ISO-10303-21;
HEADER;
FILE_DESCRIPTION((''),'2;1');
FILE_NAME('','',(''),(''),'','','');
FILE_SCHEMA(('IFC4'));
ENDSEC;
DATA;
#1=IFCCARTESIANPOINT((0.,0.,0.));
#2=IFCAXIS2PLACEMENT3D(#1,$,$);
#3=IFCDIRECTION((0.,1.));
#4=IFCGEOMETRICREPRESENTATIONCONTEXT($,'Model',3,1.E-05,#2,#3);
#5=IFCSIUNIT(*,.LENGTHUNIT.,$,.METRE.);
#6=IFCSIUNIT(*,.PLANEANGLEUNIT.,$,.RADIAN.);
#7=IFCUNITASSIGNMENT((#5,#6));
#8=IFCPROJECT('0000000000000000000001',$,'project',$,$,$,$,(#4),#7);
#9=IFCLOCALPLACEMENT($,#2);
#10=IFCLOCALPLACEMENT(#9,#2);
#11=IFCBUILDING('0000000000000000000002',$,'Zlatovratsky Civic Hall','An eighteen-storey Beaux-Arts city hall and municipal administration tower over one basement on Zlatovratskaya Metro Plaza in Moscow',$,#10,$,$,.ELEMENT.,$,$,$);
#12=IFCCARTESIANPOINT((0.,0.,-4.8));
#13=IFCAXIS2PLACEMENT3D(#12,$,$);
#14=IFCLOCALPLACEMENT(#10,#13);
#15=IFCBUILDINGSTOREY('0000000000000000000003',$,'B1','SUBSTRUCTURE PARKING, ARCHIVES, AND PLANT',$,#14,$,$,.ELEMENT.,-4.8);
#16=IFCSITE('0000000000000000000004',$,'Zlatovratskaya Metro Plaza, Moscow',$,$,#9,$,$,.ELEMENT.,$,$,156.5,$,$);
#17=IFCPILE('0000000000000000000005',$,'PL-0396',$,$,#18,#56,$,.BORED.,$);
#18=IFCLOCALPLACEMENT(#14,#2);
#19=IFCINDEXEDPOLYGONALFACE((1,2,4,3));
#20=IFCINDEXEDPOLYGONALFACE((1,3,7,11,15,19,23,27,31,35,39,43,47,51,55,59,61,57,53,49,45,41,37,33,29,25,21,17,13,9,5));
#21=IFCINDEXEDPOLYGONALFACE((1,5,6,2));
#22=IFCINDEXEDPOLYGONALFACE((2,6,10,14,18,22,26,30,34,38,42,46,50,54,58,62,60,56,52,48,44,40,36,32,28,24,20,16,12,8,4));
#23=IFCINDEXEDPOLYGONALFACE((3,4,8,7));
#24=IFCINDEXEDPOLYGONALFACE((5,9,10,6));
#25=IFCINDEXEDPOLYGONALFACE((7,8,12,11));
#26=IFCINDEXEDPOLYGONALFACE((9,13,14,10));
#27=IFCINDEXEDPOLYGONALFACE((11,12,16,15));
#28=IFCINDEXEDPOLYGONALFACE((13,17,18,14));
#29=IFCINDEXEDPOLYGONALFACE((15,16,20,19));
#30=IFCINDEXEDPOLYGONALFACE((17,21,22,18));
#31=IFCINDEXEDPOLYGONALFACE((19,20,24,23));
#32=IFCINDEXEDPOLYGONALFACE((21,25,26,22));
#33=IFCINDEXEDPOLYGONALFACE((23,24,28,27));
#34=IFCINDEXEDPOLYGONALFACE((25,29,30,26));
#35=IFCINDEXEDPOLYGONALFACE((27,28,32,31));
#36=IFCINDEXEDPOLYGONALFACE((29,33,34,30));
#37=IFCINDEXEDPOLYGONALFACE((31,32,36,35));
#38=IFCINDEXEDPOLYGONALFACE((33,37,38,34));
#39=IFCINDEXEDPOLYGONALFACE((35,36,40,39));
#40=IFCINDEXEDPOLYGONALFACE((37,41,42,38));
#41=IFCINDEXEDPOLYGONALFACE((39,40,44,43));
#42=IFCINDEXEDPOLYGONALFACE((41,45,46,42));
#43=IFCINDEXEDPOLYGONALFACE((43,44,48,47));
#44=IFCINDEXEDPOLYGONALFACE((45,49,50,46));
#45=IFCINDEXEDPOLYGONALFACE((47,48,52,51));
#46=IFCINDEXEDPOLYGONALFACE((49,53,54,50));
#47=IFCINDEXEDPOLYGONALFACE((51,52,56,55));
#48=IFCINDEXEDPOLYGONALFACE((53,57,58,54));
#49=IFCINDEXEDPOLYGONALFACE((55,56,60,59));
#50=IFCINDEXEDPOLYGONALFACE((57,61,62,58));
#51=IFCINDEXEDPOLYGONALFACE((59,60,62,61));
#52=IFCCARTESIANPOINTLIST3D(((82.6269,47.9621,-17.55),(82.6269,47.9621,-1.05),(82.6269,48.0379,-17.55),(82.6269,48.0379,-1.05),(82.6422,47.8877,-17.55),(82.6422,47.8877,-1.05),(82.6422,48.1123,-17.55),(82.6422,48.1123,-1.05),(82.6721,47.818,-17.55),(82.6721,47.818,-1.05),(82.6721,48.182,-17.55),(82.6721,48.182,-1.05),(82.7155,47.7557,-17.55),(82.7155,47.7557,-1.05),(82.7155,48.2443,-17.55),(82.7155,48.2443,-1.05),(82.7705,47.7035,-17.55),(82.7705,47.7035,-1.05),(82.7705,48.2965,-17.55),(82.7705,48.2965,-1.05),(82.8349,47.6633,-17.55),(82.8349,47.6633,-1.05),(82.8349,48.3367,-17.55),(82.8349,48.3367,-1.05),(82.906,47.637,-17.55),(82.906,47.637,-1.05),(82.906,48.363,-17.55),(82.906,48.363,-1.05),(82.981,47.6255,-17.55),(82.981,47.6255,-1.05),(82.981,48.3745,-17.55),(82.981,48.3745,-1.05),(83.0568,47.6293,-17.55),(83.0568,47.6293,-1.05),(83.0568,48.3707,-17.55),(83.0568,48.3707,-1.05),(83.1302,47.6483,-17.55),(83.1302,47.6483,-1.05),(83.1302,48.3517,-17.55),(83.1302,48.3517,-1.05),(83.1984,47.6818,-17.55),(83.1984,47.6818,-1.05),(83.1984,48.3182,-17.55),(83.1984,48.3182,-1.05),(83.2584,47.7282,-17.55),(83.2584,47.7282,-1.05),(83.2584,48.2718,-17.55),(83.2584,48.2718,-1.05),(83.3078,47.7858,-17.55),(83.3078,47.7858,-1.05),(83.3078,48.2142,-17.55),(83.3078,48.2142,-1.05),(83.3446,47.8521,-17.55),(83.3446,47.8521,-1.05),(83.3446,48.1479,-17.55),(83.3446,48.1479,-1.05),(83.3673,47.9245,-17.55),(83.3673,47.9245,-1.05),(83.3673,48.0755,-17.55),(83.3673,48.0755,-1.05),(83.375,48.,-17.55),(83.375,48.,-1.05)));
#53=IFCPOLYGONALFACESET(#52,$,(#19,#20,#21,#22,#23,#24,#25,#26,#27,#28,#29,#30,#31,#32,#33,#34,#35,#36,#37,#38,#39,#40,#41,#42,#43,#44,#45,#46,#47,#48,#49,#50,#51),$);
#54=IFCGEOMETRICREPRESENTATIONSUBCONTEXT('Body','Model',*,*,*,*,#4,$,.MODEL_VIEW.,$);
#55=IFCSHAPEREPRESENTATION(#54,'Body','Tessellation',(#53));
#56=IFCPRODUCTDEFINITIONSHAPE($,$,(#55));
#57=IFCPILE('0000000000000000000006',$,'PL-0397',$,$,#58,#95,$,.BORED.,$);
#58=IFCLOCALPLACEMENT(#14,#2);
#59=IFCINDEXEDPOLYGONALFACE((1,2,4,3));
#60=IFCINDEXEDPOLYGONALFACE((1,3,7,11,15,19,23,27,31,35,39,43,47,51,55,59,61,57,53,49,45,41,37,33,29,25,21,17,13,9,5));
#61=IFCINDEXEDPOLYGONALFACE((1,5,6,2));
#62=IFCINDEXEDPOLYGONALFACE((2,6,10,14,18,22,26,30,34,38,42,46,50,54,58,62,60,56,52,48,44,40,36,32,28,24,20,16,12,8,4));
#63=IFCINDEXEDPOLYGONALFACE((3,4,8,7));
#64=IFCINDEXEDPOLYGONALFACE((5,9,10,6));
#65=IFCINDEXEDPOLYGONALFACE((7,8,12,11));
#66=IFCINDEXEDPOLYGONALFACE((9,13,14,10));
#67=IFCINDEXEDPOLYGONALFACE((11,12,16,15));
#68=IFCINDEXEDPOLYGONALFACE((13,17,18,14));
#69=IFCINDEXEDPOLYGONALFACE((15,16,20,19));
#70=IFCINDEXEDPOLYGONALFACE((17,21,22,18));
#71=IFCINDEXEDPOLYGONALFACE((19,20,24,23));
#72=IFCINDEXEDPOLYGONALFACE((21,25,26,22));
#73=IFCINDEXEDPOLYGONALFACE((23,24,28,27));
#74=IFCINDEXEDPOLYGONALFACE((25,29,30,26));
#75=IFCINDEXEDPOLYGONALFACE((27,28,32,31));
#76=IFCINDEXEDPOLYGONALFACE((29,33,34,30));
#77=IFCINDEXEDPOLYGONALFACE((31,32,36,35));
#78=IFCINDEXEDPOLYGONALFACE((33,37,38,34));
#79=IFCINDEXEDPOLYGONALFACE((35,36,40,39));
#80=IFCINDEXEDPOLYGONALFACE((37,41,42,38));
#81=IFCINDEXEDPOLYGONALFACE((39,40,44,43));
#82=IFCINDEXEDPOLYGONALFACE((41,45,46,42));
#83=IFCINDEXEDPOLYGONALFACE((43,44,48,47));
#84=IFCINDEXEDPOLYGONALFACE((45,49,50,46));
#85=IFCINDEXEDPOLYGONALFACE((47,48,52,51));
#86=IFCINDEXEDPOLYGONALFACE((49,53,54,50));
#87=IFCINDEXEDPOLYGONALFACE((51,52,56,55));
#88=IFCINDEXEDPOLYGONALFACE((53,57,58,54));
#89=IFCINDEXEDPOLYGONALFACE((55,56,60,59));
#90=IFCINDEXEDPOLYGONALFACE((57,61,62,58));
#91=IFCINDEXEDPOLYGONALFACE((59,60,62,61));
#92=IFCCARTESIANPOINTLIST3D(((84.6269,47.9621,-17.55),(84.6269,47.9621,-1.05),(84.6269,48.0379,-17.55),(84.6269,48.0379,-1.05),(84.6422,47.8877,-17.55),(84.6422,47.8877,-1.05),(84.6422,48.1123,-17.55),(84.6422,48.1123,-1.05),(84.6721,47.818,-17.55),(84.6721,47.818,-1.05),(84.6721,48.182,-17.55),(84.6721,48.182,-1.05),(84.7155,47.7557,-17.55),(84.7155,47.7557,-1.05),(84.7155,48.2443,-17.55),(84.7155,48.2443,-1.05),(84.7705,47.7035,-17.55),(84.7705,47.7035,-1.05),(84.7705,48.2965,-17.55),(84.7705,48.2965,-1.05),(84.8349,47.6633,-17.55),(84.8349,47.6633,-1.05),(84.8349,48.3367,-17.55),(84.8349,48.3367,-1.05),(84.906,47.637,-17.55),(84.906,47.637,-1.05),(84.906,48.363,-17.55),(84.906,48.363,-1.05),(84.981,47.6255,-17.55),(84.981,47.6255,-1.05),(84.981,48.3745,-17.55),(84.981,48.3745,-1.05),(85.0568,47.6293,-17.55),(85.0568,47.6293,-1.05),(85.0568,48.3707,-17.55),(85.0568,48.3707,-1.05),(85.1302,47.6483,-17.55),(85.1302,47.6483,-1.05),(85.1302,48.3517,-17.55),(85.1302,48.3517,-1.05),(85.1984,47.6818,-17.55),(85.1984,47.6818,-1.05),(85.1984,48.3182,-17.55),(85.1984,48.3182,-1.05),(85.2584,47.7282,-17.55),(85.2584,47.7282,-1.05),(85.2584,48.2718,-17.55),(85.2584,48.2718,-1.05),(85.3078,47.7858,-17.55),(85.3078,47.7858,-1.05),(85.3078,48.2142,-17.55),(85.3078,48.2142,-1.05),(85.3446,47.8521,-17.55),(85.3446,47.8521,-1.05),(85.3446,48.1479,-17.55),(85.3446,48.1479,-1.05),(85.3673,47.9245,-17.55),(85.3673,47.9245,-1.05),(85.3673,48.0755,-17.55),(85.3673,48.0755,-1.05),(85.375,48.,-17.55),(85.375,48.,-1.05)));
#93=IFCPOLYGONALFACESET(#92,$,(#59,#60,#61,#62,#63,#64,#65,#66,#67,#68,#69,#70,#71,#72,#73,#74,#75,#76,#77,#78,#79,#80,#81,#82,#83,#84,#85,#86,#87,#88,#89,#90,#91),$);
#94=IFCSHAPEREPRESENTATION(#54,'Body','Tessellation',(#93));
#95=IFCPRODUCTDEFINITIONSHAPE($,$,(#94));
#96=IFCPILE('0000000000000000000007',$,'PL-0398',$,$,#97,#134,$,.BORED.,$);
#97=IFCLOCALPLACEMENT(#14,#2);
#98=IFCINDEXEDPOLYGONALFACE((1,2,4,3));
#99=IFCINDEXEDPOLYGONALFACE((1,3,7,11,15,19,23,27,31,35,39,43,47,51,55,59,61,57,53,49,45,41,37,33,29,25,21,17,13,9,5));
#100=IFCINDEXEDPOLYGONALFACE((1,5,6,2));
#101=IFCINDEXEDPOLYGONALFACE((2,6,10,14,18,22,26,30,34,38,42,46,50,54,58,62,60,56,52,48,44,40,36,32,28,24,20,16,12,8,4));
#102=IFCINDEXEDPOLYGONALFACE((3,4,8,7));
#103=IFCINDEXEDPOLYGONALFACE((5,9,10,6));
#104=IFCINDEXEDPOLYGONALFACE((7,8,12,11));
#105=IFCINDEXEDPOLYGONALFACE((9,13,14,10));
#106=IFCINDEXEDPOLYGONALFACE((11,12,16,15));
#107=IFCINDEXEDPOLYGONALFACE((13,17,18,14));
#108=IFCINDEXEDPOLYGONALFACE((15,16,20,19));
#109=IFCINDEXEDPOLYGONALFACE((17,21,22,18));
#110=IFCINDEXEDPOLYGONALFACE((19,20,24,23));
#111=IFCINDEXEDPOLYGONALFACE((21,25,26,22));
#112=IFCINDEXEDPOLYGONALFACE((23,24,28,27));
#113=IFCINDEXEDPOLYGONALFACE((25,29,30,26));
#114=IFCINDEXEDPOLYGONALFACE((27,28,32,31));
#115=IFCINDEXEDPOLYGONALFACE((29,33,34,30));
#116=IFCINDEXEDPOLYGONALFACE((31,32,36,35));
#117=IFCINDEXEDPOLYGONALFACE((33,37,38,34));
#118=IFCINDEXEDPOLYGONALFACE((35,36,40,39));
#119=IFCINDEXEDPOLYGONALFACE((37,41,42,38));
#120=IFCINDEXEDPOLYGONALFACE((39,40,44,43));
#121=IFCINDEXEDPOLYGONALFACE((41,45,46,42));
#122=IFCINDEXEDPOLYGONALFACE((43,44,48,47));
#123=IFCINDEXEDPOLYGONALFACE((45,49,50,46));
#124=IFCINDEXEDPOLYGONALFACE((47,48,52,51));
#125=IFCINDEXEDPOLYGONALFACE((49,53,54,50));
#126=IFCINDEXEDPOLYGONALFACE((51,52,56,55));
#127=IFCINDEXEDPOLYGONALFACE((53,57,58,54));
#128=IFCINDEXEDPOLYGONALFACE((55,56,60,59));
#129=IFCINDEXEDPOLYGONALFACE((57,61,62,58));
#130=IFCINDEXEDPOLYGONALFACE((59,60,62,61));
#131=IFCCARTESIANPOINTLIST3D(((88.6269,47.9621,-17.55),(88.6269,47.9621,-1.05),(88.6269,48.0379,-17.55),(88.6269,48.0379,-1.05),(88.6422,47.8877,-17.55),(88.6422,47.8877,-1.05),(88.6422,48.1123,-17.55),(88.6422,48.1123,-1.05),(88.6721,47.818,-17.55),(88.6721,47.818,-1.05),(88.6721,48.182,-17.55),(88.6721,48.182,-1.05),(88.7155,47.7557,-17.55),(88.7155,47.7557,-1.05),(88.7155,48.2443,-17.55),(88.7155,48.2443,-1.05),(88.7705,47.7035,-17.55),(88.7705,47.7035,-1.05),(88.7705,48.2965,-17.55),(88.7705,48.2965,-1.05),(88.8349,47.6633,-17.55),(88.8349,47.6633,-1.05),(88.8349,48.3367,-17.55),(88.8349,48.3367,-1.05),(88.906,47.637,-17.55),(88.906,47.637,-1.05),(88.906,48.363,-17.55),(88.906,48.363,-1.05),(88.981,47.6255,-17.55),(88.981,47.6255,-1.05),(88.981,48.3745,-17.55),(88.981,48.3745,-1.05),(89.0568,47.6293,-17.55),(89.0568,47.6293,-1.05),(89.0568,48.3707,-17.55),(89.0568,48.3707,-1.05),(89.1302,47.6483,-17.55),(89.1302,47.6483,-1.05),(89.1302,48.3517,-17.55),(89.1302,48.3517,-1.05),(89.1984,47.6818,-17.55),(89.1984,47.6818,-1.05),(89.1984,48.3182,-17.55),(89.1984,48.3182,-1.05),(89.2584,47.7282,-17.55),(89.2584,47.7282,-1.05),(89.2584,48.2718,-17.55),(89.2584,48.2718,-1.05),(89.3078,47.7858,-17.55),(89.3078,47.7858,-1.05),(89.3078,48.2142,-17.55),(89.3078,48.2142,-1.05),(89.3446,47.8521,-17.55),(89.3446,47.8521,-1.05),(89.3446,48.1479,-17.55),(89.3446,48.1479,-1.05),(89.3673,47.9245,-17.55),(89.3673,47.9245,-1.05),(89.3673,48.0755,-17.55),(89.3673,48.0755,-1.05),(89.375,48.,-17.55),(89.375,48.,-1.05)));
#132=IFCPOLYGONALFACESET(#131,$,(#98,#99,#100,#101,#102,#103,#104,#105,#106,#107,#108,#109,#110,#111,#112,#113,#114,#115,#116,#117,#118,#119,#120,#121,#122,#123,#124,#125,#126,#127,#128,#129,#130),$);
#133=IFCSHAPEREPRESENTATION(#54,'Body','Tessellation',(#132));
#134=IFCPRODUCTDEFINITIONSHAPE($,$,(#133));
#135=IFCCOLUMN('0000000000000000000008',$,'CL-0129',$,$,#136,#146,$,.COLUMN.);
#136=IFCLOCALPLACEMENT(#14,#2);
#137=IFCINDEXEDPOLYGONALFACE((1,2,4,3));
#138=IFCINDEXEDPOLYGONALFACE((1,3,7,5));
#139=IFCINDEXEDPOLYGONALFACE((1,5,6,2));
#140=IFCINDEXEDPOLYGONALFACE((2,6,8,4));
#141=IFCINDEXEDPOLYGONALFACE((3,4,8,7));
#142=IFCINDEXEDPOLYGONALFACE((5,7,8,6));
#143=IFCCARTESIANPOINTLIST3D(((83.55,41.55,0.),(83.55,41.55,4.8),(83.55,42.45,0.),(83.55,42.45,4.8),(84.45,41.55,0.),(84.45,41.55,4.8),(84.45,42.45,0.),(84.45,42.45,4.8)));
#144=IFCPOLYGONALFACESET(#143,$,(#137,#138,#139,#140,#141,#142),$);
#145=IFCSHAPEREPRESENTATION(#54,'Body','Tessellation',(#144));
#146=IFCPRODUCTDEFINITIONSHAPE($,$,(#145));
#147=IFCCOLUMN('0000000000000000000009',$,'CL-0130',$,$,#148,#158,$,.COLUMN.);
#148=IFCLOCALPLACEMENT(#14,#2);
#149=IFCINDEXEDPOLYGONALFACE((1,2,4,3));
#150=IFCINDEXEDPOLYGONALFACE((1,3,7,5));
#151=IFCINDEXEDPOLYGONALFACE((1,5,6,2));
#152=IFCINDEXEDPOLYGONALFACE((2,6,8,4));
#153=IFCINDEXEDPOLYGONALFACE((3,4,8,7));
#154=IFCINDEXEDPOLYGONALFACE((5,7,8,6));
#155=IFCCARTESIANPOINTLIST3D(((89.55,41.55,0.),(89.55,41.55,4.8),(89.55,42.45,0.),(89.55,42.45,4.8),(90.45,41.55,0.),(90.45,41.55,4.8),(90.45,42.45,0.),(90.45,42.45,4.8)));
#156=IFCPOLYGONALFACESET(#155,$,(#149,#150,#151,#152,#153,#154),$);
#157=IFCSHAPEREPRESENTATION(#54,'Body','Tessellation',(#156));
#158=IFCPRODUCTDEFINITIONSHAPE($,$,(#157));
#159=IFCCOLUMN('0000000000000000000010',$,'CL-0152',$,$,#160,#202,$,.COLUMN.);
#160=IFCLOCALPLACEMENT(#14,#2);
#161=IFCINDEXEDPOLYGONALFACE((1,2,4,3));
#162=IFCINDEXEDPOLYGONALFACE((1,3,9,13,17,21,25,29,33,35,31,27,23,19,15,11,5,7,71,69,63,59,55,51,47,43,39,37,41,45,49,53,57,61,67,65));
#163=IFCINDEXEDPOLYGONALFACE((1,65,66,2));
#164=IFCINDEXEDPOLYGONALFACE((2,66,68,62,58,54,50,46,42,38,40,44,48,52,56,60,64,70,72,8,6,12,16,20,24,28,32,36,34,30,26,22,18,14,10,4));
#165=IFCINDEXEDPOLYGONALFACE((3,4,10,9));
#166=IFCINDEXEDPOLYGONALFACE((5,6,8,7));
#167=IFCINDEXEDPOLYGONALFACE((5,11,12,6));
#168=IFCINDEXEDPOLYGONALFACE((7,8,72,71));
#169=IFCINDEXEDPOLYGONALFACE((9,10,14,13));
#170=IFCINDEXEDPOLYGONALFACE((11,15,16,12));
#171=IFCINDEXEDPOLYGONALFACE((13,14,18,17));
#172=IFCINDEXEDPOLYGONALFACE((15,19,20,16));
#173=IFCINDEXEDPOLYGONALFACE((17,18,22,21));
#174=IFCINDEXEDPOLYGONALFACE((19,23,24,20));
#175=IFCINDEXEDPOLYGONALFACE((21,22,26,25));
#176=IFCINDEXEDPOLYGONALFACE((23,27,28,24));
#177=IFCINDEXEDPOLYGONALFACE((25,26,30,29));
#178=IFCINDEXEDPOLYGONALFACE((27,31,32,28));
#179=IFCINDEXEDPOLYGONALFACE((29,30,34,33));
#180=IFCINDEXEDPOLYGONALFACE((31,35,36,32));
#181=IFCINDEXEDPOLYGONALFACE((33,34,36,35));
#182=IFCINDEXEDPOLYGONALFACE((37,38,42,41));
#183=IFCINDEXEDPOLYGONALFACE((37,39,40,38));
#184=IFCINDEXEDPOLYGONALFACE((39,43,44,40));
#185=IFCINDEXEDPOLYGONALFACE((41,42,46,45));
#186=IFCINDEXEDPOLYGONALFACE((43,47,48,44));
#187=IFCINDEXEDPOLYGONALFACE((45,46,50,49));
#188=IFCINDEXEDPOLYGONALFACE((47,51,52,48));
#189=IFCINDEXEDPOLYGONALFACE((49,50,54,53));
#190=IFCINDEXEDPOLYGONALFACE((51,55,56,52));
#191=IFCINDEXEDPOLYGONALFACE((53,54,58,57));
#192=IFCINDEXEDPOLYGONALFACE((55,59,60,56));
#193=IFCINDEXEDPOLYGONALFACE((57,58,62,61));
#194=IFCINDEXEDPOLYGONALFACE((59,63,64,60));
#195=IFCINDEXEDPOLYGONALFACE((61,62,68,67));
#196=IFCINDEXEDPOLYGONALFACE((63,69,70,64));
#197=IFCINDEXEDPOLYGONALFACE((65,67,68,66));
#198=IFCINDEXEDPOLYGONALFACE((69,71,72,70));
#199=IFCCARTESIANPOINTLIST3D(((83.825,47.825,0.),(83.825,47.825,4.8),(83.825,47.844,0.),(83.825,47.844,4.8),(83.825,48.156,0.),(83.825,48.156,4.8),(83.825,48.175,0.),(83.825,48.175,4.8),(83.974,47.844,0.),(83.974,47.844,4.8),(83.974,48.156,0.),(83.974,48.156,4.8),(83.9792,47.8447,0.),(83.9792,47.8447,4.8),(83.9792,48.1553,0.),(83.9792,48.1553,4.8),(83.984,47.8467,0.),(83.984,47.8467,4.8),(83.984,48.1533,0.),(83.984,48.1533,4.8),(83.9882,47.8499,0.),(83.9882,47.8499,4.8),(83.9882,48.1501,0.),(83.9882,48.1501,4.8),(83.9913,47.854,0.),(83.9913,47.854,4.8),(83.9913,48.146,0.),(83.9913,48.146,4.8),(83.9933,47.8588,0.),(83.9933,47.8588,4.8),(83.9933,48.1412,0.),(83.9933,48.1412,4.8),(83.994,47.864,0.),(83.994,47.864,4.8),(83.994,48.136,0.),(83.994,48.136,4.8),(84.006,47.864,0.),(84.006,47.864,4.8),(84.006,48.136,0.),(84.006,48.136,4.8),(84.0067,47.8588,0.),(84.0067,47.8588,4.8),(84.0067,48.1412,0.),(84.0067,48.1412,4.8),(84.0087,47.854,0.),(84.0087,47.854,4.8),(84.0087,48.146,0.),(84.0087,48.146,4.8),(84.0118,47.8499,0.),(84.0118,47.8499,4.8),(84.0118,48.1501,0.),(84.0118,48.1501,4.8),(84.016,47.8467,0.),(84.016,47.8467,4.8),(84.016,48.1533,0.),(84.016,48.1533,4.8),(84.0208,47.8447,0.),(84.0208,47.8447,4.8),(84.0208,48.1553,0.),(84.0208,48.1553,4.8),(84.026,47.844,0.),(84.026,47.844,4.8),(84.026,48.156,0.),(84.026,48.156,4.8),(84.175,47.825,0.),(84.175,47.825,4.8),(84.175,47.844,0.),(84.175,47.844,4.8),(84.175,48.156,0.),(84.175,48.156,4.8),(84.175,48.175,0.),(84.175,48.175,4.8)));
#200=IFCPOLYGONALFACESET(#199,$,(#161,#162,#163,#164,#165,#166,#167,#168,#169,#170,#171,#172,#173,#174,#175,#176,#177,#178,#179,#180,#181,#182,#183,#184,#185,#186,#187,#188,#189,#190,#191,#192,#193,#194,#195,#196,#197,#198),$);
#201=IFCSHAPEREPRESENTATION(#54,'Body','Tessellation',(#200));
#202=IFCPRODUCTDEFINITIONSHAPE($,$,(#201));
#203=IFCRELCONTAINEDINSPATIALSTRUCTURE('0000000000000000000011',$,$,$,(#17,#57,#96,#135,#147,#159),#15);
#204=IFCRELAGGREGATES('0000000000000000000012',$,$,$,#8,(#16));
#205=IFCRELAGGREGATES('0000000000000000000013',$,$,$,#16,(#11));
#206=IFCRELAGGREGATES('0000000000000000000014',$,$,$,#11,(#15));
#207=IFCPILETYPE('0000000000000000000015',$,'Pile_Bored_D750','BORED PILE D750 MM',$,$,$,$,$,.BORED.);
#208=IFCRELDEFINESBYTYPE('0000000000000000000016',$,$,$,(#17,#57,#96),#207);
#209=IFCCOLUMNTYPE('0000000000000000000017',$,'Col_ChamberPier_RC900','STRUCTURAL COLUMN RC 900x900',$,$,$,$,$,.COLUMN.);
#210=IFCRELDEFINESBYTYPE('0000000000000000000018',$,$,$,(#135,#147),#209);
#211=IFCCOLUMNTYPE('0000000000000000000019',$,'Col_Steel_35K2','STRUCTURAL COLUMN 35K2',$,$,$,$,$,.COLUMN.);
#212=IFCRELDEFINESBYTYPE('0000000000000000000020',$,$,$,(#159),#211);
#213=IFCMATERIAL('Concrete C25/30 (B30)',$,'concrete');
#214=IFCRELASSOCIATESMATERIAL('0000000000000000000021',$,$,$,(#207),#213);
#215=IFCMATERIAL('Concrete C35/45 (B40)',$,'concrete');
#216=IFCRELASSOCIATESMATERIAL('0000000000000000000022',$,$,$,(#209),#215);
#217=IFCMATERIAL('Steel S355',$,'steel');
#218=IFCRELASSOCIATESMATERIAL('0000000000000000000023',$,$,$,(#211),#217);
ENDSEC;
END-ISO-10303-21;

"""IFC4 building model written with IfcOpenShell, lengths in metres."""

from ifc_helpers import new_model, si_unit, direction, frame, origin, origin_2d, place, context, subcontext, project, spatial, rectangle, circle, i_section, extrude, material, material_profile, profile_set, type_object, element, save


model = new_model("IFC4")

# Units and contexts
model_context = context("Model", 3, precision=1e-05, world=origin(), true_north=direction((0.0, 1.0)))
body_context = subcontext(model_context, "Body", "Model", "MODEL_VIEW")
ifc_project = project(units=[si_unit("LENGTHUNIT", "METRE"), si_unit("PLANEANGLEUNIT", "RADIAN")], contexts=[model_context])

# Site, building, storey
site_placement = place(None, origin())
site = spatial("IfcSite", under=ifc_project, at=site_placement, Name="Zlatovratskaya Metro Plaza, Moscow", CompositionType="ELEMENT", RefElevation=156.5)
building_placement = place(site_placement, origin())
building = spatial("IfcBuilding", under=site, at=building_placement, Name="Zlatovratsky Civic Hall", Description="An eighteen-storey Beaux-Arts city hall and municipal administration tower over one basement on Zlatovratskaya Metro Plaza in Moscow", CompositionType="ELEMENT")
storey_placement = place(building_placement, frame((0.0, 0.0, -4.8)))
storey = spatial("IfcBuildingStorey", under=building, at=storey_placement, Name="B1", Description="SUBSTRUCTURE PARKING, ARCHIVES, AND PLANT", CompositionType="ELEMENT", Elevation=-4.8)

# Shared definitions
ifc_material_1 = material(Name="Concrete C25/30 (B30)", Category="concrete")

# Piles
ifc_material_profile_1 = material_profile(ifc_material_1, circle(Radius=0.375, at=origin_2d()), Name="PILE D750")
ifc_profile_set_1 = profile_set([ifc_material_profile_1], Name="Concrete C25/30 (B30)")
pile_type_1 = type_object("IfcPileType", Name="Pile_Bored_D750", Description="BORED PILE D750 MM", PredefinedType="BORED", material=ifc_profile_set_1)
for number, where, z_axis, x_axis, name in (
    (1, (83.0, 48.0, -1.05), (0.0, 0.0, -1.0), (1.0, 0.0, 0.0), "PL-0396"),
    (2, (85.0, 48.0, -1.05), (0.0, 0.0, -1.0), (1.0, 0.0, 0.0), "PL-0397"),
    (3, (89.0, 48.0, -1.05), (0.0, 0.0, -1.0), (1.0, 0.0, 0.0), "PL-0398"),
):
    element("IfcPile", number, at=place(storey_placement, frame(where, z_axis=z_axis, x_axis=x_axis)), inside=storey, type_object=pile_type_1, Name=name, PredefinedType="BORED", context=body_context, shape_type="SweptSolid", body=[
        extrude(circle(Radius=0.375, at=origin_2d()), origin(), (0.0, 0.0, 1.0), 16.5),
    ])

# Columns
ifc_material_2 = material(Name="Concrete C35/45 (B40)", Category="concrete")
ifc_material_profile_2 = material_profile(ifc_material_2, rectangle(XDim=0.8999, YDim=0.8999, at=origin_2d()), Name="RC 900x900")
ifc_profile_set_2 = profile_set([ifc_material_profile_2], Name="Concrete C35/45 (B40)")
column_type_1 = type_object("IfcColumnType", Name="Col_ChamberPier_RC900", Description="STRUCTURAL COLUMN RC 900x900", PredefinedType="COLUMN", material=ifc_profile_set_2)
for number, where, z_axis, x_axis, name in (
    (4, (84.0, 42.0, 0.0), (0.0, 0.0, 1.0), (1.0, 0.0, 0.0), "CL-0129"),
    (5, (90.0, 42.0, 0.0), (0.0, 0.0, 1.0), (1.0, 0.0, 0.0), "CL-0130"),
):
    element("IfcColumn", number, at=place(storey_placement, frame(where, z_axis=z_axis, x_axis=x_axis)), inside=storey, type_object=column_type_1, Name=name, PredefinedType="COLUMN", context=body_context, shape_type="SweptSolid", body=[
        extrude(rectangle(XDim=0.8999, YDim=0.8999, at=origin_2d()), origin(), (0.0, 0.0, 1.0), 4.8),
    ])
ifc_material_3 = material(Name="Steel S355", Category="steel")
ifc_material_profile_3 = material_profile(ifc_material_3, i_section(OverallWidth=0.3501, OverallDepth=0.3501, WebThickness=0.012, FlangeThickness=0.019, FilletRadius=0.02, at=origin_2d()), Name="35K2")
ifc_profile_set_3 = profile_set([ifc_material_profile_3], Name="Steel S355")
column_type_2 = type_object("IfcColumnType", Name="Col_Steel_35K2", Description="STRUCTURAL COLUMN 35K2", PredefinedType="COLUMN", material=ifc_profile_set_3)
for number, where, z_axis, x_axis, name in (
    (6, (84.0, 48.0, 0.0), (0.0, 0.0, 1.0), (1.0, 0.0, 0.0), "CL-0152"),
):
    element("IfcColumn", number, at=place(storey_placement, frame(where, z_axis=z_axis, x_axis=x_axis)), inside=storey, type_object=column_type_2, Name=name, PredefinedType="COLUMN", context=body_context, shape_type="SweptSolid", body=[
        extrude(i_section(OverallWidth=0.3501, OverallDepth=0.3501, WebThickness=0.012, FlangeThickness=0.019, FilletRadius=0.02, at=origin_2d()), origin(), (0.0, 0.0, 1.0), 4.8),
    ])

save(model, "model.ifc")
